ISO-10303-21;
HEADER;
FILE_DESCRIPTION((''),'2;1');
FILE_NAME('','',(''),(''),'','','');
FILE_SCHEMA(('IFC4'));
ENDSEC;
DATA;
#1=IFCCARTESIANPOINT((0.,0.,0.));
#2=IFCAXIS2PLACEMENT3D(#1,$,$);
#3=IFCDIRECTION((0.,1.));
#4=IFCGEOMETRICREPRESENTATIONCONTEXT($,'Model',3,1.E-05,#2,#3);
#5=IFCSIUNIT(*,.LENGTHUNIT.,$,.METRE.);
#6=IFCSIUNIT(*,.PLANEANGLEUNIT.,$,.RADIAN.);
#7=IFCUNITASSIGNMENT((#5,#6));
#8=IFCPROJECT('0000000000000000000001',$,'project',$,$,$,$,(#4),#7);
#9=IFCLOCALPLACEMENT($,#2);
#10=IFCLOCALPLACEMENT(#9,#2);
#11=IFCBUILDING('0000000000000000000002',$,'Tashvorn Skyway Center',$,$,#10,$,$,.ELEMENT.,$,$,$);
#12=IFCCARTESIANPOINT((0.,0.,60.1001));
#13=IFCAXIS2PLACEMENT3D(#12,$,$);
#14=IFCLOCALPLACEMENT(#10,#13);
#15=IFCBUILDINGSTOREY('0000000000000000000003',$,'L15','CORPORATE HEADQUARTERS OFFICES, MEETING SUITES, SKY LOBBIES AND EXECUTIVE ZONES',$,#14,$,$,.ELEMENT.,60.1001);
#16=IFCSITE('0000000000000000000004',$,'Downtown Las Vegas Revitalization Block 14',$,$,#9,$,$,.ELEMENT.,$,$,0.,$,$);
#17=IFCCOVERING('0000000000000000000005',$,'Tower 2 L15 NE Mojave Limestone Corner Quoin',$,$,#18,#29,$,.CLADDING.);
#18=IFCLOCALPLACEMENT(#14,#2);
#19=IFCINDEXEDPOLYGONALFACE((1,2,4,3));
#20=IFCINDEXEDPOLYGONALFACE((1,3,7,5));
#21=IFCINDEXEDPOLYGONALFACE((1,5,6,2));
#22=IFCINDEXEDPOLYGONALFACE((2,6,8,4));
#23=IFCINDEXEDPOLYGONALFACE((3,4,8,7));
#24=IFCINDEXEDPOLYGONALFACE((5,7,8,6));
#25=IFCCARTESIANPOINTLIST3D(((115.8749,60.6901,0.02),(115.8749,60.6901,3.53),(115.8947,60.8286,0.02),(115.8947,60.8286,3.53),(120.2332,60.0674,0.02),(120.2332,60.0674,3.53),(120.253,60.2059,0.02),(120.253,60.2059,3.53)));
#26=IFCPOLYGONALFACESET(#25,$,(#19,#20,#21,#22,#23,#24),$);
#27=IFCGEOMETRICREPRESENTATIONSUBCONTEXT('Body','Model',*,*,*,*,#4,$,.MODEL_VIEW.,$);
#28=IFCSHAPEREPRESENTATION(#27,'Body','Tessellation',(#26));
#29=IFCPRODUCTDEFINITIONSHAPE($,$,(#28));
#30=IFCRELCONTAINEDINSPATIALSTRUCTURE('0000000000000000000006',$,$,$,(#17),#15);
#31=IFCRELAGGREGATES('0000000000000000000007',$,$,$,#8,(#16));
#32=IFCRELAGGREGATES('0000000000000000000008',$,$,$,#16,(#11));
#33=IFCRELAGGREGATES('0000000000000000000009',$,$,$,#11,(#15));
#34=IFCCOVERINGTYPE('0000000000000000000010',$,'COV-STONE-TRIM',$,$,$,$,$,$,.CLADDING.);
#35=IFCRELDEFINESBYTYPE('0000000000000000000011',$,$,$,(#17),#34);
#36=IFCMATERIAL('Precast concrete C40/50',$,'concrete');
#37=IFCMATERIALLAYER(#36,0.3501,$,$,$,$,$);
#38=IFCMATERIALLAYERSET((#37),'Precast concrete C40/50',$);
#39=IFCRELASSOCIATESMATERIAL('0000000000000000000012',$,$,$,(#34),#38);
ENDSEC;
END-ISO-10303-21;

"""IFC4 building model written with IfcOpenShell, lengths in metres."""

from ifc_helpers import new_model, si_unit, direction, frame, origin, origin_2d, place, context, subcontext, project, spatial, rectangle, extrude, material, layer, layer_set, type_object, element, save


model = new_model("IFC4")

# Units and contexts
model_context = context("Model", 3, precision=1e-05, world=origin(), true_north=direction((0.0, 1.0)))
body_context = subcontext(model_context, "Body", "Model", "MODEL_VIEW")
ifc_project = project(units=[si_unit("LENGTHUNIT", "METRE"), si_unit("PLANEANGLEUNIT", "RADIAN")], contexts=[model_context])

# Site, building, storey
site_placement = place(None, origin())
site = spatial("IfcSite", under=ifc_project, at=site_placement, Name="Downtown Las Vegas Revitalization Block 14", CompositionType="ELEMENT", RefElevation=0.0)
building_placement = place(site_placement, origin())
building = spatial("IfcBuilding", under=site, at=building_placement, Name="Tashvorn Skyway Center", CompositionType="ELEMENT")
storey_placement = place(building_placement, frame((0.0, 0.0, 60.1001)))
storey = spatial("IfcBuildingStorey", under=building, at=storey_placement, Name="L15", Description="CORPORATE HEADQUARTERS OFFICES, MEETING SUITES, SKY LOBBIES AND EXECUTIVE ZONES", CompositionType="ELEMENT", Elevation=60.1001)

# Shared definitions
ifc_material_1 = material(Name="Precast concrete C40/50", Category="concrete")

# Covering
ifc_layer_1 = layer(ifc_material_1, 0.3501)
ifc_layer_set_1 = layer_set([ifc_layer_1], Name="Precast concrete C40/50")
covering_type_1 = type_object("IfcCoveringType", Name="COV-STONE-TRIM", PredefinedType="CLADDING", material=ifc_layer_set_1)
covering_placement = place(storey_placement, frame((118.064, 60.448, 0.02), z_axis=(0.0, 0.0, 1.0), x_axis=(0.989949, -0.141421, 0.0)))
element("IfcCovering", 1, at=covering_placement, inside=storey, type_object=covering_type_1, Name="Tower 2 L15 NE Mojave Limestone Corner Quoin", PredefinedType="CLADDING", context=body_context, shape_type="SweptSolid", body=[
    extrude(rectangle(XDim=4.4026, YDim=0.1399, at=origin_2d()), origin(), (0.0, 0.0, 1.0), 3.51),
])

save(model, "model.ifc")
